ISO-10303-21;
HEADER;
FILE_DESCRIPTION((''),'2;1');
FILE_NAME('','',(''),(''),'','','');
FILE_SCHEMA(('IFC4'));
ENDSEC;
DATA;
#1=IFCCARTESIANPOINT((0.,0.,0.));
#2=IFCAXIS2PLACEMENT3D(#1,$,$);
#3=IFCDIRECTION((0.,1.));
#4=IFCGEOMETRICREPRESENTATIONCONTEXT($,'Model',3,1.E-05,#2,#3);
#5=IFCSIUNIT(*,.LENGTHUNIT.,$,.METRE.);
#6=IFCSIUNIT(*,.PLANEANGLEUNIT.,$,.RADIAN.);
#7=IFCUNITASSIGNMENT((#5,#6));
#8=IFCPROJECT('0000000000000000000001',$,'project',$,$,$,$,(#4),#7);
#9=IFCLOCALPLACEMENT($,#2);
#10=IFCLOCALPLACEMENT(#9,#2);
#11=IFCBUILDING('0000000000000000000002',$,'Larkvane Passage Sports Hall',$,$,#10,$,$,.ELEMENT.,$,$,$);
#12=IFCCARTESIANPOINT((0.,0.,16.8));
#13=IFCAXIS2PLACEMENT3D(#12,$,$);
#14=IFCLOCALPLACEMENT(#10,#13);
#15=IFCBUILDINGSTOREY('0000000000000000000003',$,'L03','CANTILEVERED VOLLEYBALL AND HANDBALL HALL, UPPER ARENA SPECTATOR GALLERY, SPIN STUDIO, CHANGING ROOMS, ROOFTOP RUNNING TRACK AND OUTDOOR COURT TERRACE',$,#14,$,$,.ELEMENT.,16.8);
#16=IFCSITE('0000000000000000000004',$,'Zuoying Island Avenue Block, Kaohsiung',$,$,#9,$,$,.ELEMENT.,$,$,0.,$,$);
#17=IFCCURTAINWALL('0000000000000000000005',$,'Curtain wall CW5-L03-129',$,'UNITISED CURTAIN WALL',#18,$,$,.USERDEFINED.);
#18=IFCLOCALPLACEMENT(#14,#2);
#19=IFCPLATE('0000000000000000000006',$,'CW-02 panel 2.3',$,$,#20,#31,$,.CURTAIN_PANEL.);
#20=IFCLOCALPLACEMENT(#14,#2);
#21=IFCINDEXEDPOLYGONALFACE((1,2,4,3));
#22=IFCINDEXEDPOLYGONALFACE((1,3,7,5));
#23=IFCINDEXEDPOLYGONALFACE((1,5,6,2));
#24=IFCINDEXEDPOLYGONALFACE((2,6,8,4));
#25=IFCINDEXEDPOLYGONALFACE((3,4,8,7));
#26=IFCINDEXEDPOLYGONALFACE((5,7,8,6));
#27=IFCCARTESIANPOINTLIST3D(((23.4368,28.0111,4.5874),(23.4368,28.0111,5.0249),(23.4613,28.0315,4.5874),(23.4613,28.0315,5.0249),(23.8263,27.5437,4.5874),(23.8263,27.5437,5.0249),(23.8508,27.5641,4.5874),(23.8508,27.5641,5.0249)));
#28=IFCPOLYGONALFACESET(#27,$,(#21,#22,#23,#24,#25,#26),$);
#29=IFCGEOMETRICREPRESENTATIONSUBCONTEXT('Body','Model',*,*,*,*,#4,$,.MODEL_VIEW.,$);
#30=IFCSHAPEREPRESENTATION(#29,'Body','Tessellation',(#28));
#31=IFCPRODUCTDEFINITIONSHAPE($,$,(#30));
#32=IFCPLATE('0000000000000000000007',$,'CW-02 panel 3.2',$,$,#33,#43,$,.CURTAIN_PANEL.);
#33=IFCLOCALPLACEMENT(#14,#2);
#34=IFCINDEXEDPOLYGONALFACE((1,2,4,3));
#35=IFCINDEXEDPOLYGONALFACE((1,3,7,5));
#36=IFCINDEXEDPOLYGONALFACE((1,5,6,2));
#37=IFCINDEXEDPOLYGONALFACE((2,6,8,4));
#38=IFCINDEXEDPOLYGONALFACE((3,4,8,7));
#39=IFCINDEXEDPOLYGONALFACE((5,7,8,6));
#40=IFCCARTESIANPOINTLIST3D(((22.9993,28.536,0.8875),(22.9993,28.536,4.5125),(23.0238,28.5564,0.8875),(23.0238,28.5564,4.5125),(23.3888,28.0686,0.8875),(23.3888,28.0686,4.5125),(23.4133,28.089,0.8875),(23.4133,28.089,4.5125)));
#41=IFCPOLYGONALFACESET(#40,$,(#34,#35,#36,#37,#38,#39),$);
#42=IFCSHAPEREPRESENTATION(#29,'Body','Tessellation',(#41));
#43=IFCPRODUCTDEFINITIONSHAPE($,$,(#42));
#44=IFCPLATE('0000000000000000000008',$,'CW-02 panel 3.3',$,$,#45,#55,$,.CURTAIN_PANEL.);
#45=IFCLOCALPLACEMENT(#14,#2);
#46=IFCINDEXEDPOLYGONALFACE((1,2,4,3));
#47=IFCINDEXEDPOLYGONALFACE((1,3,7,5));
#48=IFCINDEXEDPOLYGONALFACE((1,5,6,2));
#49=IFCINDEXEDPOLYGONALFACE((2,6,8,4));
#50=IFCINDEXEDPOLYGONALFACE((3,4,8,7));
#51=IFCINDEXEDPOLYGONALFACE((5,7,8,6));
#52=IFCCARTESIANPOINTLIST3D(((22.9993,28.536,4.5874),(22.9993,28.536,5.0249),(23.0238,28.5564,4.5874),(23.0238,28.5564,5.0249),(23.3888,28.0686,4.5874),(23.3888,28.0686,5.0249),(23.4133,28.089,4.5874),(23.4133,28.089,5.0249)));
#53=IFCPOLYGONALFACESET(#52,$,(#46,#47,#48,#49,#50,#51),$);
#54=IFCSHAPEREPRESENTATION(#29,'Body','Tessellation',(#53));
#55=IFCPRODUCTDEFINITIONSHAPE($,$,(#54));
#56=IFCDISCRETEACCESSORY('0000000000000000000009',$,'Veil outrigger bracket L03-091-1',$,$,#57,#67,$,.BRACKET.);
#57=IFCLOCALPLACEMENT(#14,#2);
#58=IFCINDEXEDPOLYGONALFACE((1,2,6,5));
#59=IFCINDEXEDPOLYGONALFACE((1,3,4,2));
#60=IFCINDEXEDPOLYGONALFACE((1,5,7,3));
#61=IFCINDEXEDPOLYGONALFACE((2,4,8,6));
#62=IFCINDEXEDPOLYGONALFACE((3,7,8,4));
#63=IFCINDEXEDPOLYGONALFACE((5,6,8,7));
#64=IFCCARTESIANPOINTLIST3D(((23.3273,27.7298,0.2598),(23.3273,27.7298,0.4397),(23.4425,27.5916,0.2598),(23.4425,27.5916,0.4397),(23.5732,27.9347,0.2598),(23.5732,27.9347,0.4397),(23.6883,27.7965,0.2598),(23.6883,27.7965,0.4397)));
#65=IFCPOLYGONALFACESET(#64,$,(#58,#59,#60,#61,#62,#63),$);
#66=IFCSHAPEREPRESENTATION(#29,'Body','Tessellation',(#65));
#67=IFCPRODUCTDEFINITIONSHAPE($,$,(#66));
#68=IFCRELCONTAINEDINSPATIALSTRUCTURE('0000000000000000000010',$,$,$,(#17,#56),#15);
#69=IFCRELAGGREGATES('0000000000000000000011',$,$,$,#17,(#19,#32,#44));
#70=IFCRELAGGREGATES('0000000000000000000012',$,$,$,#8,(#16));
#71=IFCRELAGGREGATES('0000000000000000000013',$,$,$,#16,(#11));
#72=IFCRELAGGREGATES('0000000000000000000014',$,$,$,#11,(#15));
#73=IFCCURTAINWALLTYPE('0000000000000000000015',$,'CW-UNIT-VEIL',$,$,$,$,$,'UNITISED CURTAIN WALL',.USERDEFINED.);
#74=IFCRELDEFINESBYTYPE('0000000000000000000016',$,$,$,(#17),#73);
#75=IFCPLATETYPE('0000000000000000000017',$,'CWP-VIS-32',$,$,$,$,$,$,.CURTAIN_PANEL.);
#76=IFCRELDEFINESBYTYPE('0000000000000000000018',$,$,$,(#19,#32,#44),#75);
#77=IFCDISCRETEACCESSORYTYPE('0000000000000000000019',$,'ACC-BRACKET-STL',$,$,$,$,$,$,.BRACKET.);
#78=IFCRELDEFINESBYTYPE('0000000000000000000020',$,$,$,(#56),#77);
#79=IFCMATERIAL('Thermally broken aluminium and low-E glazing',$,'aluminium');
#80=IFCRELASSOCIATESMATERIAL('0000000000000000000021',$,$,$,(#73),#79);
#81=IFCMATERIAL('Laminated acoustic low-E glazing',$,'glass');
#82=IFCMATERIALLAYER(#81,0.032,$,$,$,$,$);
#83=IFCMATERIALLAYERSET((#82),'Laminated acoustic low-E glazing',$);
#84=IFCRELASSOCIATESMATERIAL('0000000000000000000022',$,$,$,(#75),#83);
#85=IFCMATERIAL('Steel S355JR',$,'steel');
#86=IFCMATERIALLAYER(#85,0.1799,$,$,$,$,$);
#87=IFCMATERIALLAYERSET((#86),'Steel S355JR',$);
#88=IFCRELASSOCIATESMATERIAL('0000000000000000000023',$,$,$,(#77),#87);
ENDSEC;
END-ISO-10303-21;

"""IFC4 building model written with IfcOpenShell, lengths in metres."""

from ifc_helpers import new_model, si_unit, direction, frame, origin, origin_2d, place, context, subcontext, project, spatial, rectangle, extrude, material, layer, layer_set, type_object, element, aggregate, save


model = new_model("IFC4")

# Units and contexts
model_context = context("Model", 3, precision=1e-05, world=origin(), true_north=direction((0.0, 1.0)))
body_context = subcontext(model_context, "Body", "Model", "MODEL_VIEW")
ifc_project = project(units=[si_unit("LENGTHUNIT", "METRE"), si_unit("PLANEANGLEUNIT", "RADIAN")], contexts=[model_context])

# Site, building, storey
site_placement = place(None, origin())
site = spatial("IfcSite", under=ifc_project, at=site_placement, Name="Zuoying Island Avenue Block, Kaohsiung", CompositionType="ELEMENT", RefElevation=0.0)
building_placement = place(site_placement, origin())
building = spatial("IfcBuilding", under=site, at=building_placement, Name="Larkvane Passage Sports Hall", CompositionType="ELEMENT")
storey_placement = place(building_placement, frame((0.0, 0.0, 16.8)))
storey = spatial("IfcBuildingStorey", under=building, at=storey_placement, Name="L03", Description="CANTILEVERED VOLLEYBALL AND HANDBALL HALL, UPPER ARENA SPECTATOR GALLERY, SPIN STUDIO, CHANGING ROOMS, ROOFTOP RUNNING TRACK AND OUTDOOR COURT TERRACE", CompositionType="ELEMENT", Elevation=16.8)

# Shared definitions
ifc_material_1 = material(Name="Thermally broken aluminium and low-E glazing", Category="aluminium")

# Curtain wall
curtain_wall_type_1 = type_object("IfcCurtainWallType", Name="CW-UNIT-VEIL", ElementType="UNITISED CURTAIN WALL", PredefinedType="USERDEFINED", material=ifc_material_1)
curtain_wall_1_placement = place(storey_placement, origin())
curtain_wall_1 = element("IfcCurtainWall", 1, at=curtain_wall_1_placement, inside=storey, type_object=curtain_wall_type_1, Name="Curtain wall CW5-L03-129", ObjectType="UNITISED CURTAIN WALL", PredefinedType="USERDEFINED")

# Plates
ifc_material_2 = material(Name="Laminated acoustic low-E glazing", Category="glass")
ifc_layer_1 = layer(ifc_material_2, 0.032)
ifc_layer_set_1 = layer_set([ifc_layer_1], Name="Laminated acoustic low-E glazing")
plate_type_1 = type_object("IfcPlateType", Name="CWP-VIS-32", PredefinedType="CURTAIN_PANEL", material=ifc_layer_set_1)
plate_1_placement = place(storey_placement, frame((23.6438, 27.7876, 4.5874), z_axis=(0.0, 0.0, 1.0), x_axis=(-0.640184, 0.768221, 0.0)))
plate_1 = element("IfcPlate", 2, at=plate_1_placement, type_object=plate_type_1, Name="CW-02 panel 2.3", PredefinedType="CURTAIN_PANEL", context=body_context, shape_type="SweptSolid", body=[
    extrude(rectangle(XDim=0.6084, YDim=0.032, at=origin_2d()), origin(), (0.0, 0.0, 1.0), 0.4375),
])
plate_2_placement = place(storey_placement, frame((23.2063, 28.3125, 0.8875), z_axis=(0.0, 0.0, 1.0), x_axis=(-0.640184, 0.768221, 0.0)))
plate_2 = element("IfcPlate", 3, at=plate_2_placement, type_object=plate_type_1, Name="CW-02 panel 3.2", PredefinedType="CURTAIN_PANEL", context=body_context, shape_type="SweptSolid", body=[
    extrude(rectangle(XDim=0.6084, YDim=0.032, at=origin_2d()), origin(), (0.0, 0.0, 1.0), 3.625),
])
plate_3_placement = place(storey_placement, frame((23.2063, 28.3125, 4.5874), z_axis=(0.0, 0.0, 1.0), x_axis=(-0.640184, 0.768221, 0.0)))
plate_3 = element("IfcPlate", 4, at=plate_3_placement, type_object=plate_type_1, Name="CW-02 panel 3.3", PredefinedType="CURTAIN_PANEL", context=body_context, shape_type="SweptSolid", body=[
    extrude(rectangle(XDim=0.6084, YDim=0.032, at=origin_2d()), origin(), (0.0, 0.0, 1.0), 0.4375),
])
aggregate(curtain_wall_1, [plate_1, plate_2, plate_3])

# Discrete accessory
ifc_material_3 = material(Name="Steel S355JR", Category="steel")
ifc_layer_2 = layer(ifc_material_3, 0.1799)
ifc_layer_set_2 = layer_set([ifc_layer_2], Name="Steel S355JR")
discrete_accessory_type = type_object("IfcDiscreteAccessoryType", Name="ACC-BRACKET-STL", PredefinedType="BRACKET", material=ifc_layer_set_2)
discrete_accessory_placement = place(storey_placement, frame((23.5078, 27.7632, 0.2598), z_axis=(0.0, 0.0, 1.0), x_axis=(-0.640184, 0.768221, 0.0)))
element("IfcDiscreteAccessory", 5, at=discrete_accessory_placement, inside=storey, type_object=discrete_accessory_type, Name="Veil outrigger bracket L03-091-1", PredefinedType="BRACKET", context=body_context, shape_type="SweptSolid", body=[
    extrude(rectangle(XDim=0.1799, YDim=0.3201, at=origin_2d()), origin(), (0.0, 0.0, 1.0), 0.1799),
])

save(model, "model.ifc")
